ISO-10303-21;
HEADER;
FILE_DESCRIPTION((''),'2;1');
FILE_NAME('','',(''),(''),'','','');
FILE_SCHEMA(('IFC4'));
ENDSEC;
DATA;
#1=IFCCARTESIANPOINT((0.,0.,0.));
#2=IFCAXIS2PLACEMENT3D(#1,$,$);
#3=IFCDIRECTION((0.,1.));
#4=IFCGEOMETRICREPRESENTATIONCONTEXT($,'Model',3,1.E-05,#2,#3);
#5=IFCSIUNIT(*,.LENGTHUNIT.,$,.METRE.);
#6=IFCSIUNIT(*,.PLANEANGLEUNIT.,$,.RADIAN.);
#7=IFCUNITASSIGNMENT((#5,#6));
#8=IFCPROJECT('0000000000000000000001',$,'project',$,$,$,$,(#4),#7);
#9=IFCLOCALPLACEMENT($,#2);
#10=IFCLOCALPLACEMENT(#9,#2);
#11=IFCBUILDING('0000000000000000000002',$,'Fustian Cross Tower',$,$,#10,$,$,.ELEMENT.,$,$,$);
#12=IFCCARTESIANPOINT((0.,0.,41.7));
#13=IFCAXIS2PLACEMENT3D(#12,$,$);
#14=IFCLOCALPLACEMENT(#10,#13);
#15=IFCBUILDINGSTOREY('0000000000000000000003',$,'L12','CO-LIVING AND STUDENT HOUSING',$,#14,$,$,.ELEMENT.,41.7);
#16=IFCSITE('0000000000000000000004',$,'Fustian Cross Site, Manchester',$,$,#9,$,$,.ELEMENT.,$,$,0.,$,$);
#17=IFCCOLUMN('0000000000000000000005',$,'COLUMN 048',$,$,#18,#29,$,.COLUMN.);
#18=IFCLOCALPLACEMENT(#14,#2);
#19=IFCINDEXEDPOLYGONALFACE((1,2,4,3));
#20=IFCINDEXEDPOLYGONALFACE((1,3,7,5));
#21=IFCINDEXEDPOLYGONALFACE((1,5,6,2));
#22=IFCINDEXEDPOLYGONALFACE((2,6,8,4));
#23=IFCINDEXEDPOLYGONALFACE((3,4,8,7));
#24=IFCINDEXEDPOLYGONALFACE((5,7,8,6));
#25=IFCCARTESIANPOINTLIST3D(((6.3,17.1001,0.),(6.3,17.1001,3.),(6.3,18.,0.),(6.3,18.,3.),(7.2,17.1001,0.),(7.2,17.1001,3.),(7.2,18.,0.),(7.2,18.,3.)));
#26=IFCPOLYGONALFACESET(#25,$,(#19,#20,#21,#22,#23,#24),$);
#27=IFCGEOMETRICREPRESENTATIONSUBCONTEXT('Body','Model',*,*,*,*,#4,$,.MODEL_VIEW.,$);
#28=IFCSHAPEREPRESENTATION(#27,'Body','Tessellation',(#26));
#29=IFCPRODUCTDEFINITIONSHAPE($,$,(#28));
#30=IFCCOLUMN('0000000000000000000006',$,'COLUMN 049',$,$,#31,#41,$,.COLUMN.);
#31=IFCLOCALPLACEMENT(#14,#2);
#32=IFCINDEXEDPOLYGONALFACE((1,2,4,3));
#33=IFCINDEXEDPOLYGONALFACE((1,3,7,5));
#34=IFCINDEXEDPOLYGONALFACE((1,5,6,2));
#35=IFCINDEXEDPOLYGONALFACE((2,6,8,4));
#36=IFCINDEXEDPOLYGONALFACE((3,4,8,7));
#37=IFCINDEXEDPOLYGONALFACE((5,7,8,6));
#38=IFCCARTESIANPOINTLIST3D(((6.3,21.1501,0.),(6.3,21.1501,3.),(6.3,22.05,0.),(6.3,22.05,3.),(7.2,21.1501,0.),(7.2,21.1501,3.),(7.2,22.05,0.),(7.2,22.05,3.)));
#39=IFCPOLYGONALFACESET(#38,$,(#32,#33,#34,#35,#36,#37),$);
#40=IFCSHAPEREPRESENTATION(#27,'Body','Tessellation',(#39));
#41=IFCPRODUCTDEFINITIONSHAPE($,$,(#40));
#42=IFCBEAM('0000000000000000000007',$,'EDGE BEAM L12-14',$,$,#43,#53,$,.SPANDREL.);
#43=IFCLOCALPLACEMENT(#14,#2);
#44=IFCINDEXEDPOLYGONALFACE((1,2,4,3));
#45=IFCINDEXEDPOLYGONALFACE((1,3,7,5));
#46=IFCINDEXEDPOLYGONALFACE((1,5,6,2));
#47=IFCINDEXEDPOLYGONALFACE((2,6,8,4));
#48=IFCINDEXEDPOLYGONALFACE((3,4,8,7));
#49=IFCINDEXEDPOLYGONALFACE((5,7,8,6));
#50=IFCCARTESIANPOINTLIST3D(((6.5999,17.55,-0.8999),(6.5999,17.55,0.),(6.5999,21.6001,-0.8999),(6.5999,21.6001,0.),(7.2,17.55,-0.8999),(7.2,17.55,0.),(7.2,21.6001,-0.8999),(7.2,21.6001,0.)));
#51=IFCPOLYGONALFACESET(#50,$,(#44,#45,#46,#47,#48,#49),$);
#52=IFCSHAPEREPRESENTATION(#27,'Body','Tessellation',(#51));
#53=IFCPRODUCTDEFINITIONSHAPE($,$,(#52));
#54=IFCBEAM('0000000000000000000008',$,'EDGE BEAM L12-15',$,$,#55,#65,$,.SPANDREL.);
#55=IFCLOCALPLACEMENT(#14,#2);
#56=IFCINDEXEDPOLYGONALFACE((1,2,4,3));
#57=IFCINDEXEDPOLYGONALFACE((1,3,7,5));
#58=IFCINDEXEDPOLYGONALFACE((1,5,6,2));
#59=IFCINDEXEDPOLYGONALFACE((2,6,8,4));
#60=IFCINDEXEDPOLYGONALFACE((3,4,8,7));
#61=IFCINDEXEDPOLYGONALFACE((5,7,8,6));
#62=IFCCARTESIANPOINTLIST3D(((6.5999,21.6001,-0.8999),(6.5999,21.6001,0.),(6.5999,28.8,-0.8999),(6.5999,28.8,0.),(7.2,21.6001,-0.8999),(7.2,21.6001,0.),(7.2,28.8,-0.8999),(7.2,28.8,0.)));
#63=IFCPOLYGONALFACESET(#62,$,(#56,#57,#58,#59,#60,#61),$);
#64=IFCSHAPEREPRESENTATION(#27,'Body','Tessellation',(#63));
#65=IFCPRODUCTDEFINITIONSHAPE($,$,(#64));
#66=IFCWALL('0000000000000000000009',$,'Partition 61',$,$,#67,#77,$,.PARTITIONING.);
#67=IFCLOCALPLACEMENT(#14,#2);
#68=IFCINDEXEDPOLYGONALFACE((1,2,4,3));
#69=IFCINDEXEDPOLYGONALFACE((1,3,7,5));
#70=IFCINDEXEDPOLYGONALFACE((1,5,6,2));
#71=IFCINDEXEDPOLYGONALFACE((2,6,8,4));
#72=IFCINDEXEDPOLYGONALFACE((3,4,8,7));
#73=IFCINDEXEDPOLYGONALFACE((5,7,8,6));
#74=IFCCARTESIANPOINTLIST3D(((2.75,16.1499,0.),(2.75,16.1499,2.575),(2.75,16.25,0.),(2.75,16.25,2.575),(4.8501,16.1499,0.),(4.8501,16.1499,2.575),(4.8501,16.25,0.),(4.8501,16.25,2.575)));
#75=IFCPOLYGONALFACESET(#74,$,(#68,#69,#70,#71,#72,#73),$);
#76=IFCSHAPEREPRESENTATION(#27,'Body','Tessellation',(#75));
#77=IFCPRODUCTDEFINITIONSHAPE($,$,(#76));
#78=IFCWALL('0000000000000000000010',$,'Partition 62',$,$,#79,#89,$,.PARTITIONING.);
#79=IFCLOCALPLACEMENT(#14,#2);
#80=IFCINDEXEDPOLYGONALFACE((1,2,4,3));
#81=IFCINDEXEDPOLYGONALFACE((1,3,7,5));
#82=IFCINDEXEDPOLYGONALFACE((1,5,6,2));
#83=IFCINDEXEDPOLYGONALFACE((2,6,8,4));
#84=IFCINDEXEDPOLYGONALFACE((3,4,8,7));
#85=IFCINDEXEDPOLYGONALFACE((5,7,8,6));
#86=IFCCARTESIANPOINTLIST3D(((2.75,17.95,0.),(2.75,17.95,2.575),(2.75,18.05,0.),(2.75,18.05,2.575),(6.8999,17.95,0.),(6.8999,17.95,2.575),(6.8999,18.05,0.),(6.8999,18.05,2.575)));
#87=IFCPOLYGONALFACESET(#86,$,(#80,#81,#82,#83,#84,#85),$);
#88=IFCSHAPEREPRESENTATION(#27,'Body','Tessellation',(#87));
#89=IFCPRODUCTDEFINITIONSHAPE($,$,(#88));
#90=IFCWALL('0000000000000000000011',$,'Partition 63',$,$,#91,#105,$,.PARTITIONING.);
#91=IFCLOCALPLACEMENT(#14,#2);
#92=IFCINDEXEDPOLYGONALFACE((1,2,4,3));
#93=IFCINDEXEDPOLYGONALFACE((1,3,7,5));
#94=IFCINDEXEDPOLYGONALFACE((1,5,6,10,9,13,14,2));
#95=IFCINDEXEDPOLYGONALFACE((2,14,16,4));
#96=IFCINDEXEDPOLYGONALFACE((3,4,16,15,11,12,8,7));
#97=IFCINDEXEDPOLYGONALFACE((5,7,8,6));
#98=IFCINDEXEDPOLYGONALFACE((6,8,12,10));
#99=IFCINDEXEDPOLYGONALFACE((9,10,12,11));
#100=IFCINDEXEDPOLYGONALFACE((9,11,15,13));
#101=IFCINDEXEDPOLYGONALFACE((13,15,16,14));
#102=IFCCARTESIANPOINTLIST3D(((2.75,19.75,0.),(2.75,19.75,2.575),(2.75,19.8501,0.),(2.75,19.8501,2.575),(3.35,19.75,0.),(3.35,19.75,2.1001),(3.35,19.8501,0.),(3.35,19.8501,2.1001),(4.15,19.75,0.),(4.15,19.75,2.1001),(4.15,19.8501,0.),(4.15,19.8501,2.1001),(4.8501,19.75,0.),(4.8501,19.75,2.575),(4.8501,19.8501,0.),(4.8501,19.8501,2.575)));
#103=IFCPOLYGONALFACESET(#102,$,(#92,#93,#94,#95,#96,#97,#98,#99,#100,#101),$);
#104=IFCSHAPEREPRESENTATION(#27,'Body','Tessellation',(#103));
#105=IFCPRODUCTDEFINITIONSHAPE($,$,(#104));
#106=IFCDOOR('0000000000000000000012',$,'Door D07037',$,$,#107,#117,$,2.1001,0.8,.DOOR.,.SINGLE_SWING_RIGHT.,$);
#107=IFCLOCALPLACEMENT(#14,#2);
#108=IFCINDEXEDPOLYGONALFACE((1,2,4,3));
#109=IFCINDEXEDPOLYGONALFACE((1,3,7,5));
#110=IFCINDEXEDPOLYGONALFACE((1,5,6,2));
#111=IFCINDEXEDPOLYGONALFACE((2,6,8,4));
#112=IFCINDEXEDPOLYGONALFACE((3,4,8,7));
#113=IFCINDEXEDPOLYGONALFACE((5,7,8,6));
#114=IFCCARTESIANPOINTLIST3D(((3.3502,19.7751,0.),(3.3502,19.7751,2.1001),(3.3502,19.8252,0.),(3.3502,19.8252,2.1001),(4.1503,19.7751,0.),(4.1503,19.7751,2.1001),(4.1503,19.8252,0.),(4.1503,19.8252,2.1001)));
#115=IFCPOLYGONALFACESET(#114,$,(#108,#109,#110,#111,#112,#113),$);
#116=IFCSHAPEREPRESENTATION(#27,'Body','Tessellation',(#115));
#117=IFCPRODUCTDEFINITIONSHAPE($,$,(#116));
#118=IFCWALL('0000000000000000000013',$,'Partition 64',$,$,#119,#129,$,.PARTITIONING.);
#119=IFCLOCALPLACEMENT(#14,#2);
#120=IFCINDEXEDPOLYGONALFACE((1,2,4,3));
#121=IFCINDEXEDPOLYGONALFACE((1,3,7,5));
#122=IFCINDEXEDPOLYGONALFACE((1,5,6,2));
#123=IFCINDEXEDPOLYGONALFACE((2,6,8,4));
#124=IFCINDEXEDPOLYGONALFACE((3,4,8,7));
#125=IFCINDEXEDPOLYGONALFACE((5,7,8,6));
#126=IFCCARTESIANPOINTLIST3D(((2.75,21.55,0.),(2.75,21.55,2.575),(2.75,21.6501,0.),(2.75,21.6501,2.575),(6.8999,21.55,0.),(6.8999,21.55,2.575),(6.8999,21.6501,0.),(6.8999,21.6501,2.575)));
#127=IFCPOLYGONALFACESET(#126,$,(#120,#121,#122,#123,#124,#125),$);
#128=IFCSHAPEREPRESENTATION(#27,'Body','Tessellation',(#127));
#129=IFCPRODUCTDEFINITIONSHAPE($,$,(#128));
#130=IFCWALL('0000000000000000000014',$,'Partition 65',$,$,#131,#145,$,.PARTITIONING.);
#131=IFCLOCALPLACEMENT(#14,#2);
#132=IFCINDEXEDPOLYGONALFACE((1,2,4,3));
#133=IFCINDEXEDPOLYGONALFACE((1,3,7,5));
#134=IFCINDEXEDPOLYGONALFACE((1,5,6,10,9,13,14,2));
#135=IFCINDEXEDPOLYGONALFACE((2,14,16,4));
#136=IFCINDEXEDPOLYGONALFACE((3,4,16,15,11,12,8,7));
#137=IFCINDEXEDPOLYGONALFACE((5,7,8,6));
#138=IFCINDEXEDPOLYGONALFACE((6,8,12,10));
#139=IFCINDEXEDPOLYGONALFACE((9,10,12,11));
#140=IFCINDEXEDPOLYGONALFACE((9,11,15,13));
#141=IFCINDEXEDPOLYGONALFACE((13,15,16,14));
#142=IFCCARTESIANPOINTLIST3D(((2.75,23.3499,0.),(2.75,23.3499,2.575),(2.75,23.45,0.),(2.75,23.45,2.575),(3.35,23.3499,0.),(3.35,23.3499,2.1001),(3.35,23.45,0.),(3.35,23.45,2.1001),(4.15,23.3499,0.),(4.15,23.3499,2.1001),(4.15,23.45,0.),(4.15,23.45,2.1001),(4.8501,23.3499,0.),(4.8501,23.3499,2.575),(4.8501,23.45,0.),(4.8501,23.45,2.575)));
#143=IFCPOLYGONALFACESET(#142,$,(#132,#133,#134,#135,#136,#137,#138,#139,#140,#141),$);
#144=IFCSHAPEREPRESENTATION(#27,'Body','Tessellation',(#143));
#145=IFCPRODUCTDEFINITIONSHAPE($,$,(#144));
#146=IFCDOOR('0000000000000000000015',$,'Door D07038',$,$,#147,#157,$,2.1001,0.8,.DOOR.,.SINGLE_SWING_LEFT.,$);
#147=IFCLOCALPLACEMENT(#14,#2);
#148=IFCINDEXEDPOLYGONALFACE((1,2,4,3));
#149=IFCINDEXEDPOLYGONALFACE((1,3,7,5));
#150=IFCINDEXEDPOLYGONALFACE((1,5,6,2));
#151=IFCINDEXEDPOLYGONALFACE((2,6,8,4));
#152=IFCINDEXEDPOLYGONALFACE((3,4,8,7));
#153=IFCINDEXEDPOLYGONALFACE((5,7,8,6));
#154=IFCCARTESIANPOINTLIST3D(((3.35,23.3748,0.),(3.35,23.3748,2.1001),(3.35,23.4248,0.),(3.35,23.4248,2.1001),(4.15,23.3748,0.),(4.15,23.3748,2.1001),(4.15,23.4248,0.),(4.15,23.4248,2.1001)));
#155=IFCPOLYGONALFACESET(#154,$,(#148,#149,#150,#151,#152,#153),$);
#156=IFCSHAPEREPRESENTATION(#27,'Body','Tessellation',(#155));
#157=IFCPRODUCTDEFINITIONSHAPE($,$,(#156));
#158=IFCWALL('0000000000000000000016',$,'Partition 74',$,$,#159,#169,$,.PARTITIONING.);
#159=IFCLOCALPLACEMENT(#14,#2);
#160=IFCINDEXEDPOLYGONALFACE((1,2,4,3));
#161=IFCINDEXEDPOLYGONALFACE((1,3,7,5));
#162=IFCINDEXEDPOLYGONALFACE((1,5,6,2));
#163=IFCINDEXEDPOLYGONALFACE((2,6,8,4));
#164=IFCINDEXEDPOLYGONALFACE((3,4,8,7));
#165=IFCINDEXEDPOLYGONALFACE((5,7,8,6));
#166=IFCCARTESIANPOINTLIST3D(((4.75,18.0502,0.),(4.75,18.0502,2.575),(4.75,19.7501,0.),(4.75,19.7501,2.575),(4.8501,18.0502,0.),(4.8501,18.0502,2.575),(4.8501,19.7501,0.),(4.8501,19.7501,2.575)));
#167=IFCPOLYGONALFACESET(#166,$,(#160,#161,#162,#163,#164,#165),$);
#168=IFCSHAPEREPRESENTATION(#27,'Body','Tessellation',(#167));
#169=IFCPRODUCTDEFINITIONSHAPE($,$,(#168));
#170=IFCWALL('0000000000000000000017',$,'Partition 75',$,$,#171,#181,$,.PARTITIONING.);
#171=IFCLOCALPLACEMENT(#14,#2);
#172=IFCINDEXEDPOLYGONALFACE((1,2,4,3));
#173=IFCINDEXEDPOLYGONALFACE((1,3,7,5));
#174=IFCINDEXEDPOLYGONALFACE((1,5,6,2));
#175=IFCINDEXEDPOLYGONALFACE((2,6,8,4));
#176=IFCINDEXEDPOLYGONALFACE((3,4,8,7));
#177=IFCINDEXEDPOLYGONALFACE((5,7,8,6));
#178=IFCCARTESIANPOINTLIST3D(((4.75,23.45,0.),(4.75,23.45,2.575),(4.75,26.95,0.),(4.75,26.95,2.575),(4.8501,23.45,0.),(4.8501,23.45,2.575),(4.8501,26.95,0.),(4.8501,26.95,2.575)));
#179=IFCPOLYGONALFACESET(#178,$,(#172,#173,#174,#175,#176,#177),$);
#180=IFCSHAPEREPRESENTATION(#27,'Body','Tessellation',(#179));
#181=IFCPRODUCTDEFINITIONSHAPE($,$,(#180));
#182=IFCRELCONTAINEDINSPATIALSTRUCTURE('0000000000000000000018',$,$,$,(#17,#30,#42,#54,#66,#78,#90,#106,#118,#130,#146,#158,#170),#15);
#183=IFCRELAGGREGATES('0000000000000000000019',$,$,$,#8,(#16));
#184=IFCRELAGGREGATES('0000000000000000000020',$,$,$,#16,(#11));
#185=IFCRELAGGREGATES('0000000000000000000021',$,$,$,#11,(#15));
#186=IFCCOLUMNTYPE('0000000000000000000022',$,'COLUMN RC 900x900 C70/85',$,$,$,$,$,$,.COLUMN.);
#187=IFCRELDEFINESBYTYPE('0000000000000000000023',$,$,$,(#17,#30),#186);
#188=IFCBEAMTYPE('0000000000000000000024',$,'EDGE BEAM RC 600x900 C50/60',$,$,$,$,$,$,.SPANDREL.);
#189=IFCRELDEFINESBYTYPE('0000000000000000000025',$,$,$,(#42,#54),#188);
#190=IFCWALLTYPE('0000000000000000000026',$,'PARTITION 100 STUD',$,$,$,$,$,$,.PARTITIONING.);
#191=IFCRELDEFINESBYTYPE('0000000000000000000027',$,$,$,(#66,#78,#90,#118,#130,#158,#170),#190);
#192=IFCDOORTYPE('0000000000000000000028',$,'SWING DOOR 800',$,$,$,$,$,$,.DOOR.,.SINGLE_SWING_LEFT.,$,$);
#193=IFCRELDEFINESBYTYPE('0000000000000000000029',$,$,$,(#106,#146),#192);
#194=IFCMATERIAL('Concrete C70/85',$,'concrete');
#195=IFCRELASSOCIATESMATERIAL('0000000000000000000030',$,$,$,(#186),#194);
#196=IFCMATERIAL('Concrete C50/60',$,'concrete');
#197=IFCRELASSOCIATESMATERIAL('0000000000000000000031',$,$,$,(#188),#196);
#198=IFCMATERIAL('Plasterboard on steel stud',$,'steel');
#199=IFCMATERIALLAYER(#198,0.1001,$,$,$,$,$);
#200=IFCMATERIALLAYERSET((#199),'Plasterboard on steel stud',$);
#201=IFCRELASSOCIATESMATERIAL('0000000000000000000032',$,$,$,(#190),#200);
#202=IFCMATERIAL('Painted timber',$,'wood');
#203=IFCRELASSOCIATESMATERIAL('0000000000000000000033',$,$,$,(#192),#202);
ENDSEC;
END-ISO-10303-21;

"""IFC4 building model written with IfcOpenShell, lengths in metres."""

from ifc_helpers import new_model, si_unit, direction, frame, frame_2d, origin, origin_2d, place, context, subcontext, project, spatial, rectangle, extrude, material, layer, layer_set, material_profile, profile_set, type_object, element, fill, save


model = new_model("IFC4")

# Units and contexts
model_context = context("Model", 3, precision=1e-05, world=origin(), true_north=direction((0.0, 1.0)))
body_context = subcontext(model_context, "Body", "Model", "MODEL_VIEW")
ifc_project = project(units=[si_unit("LENGTHUNIT", "METRE"), si_unit("PLANEANGLEUNIT", "RADIAN")], contexts=[model_context])

# Site, building, storey
site_placement = place(None, origin())
site = spatial("IfcSite", under=ifc_project, at=site_placement, Name="Fustian Cross Site, Manchester", CompositionType="ELEMENT", RefElevation=0.0)
building_placement = place(site_placement, origin())
building = spatial("IfcBuilding", under=site, at=building_placement, Name="Fustian Cross Tower", CompositionType="ELEMENT")
storey_placement = place(building_placement, frame((0.0, 0.0, 41.7)))
storey = spatial("IfcBuildingStorey", under=building, at=storey_placement, Name="L12", Description="CO-LIVING AND STUDENT HOUSING", CompositionType="ELEMENT", Elevation=41.7)

# Columns
ifc_material_1 = material(Name="Concrete C70/85", Category="concrete")
ifc_material_profile_1 = material_profile(ifc_material_1, rectangle(XDim=0.8999, YDim=0.8999, at=origin_2d()), Name="RC 900x900")
ifc_profile_set_1 = profile_set([ifc_material_profile_1], Name="Concrete C70/85")
column_type = type_object("IfcColumnType", Name="COLUMN RC 900x900 C70/85", PredefinedType="COLUMN", material=ifc_profile_set_1)
for number, where, z_axis, x_axis, name in (
    (1, (6.75, 17.55, 0.0), (0.0, 0.0, 1.0), (1.0, 0.0, 0.0), "COLUMN 048"),
    (2, (6.75, 21.6001, 0.0), (0.0, 0.0, 1.0), (1.0, 0.0, 0.0), "COLUMN 049"),
):
    element("IfcColumn", number, at=place(storey_placement, frame(where, z_axis=z_axis, x_axis=x_axis)), inside=storey, type_object=column_type, Name=name, PredefinedType="COLUMN", context=body_context, shape_type="SweptSolid", body=[
        extrude(rectangle(XDim=0.8999, YDim=0.8999, at=origin_2d()), origin(), (0.0, 0.0, 1.0), 3.0),
    ])

# Beams
ifc_material_2 = material(Name="Concrete C50/60", Category="concrete")
ifc_material_profile_2 = material_profile(ifc_material_2, rectangle(XDim=0.6001, YDim=0.8999, at=origin_2d()), Name="RC 600x900")
ifc_profile_set_2 = profile_set([ifc_material_profile_2], Name="Concrete C50/60")
beam_type = type_object("IfcBeamType", Name="EDGE BEAM RC 600x900 C50/60", PredefinedType="SPANDREL", material=ifc_profile_set_2)
beam_1_placement = place(storey_placement, frame((6.8999, 17.55, -0.45), z_axis=(0.0, 1.0, 0.0), x_axis=(-1.0, 0.0, 0.0)))
element("IfcBeam", 3, at=beam_1_placement, inside=storey, type_object=beam_type, Name="EDGE BEAM L12-14", PredefinedType="SPANDREL", context=body_context, shape_type="SweptSolid", body=[
    extrude(rectangle(XDim=0.6001, YDim=0.8999, at=origin_2d()), origin(), (0.0, 0.0, 1.0), 4.05),
])
beam_2_placement = place(storey_placement, frame((6.8999, 21.6001, -0.45), z_axis=(0.0, 1.0, 0.0), x_axis=(-1.0, 0.0, 0.0)))
element("IfcBeam", 4, at=beam_2_placement, inside=storey, type_object=beam_type, Name="EDGE BEAM L12-15", PredefinedType="SPANDREL", context=body_context, shape_type="SweptSolid", body=[
    extrude(rectangle(XDim=0.6001, YDim=0.8999, at=origin_2d()), origin(), (0.0, 0.0, 1.0), 7.2),
])

# Walls
ifc_material_3 = material(Name="Plasterboard on steel stud", Category="steel")
ifc_layer_1 = layer(ifc_material_3, 0.1001)
ifc_layer_set_1 = layer_set([ifc_layer_1], Name="Plasterboard on steel stud")
wall_type_1 = type_object("IfcWallType", Name="PARTITION 100 STUD", PredefinedType="PARTITIONING", material=ifc_layer_set_1)
wall_1_placement = place(storey_placement, frame((2.75, 16.2, 0.0), z_axis=(0.0, 0.0, 1.0), x_axis=(1.0, 0.0, 0.0)))
element("IfcWall", 5, at=wall_1_placement, inside=storey, type_object=wall_type_1, Name="Partition 61", PredefinedType="PARTITIONING", context=body_context, shape_type="SweptSolid", body=[
    extrude(rectangle(XDim=2.1001, YDim=0.1001, at=frame_2d((1.05, 0.0))), origin(), (0.0, 0.0, 1.0), 2.575),
])
wall_2_placement = place(storey_placement, frame((2.75, 18.0, 0.0), z_axis=(0.0, 0.0, 1.0), x_axis=(1.0, 0.0, 0.0)))
element("IfcWall", 6, at=wall_2_placement, inside=storey, type_object=wall_type_1, Name="Partition 62", PredefinedType="PARTITIONING", context=body_context, shape_type="SweptSolid", body=[
    extrude(rectangle(XDim=4.1499, YDim=0.1001, at=frame_2d((2.075, 0.0))), origin(), (0.0, 0.0, 1.0), 2.575),
])

# Wall, opening, door
wall_3_placement = place(storey_placement, frame((2.75, 19.8, 0.0), z_axis=(0.0, 0.0, 1.0), x_axis=(1.0, 0.0, 0.0)))
wall_3 = element("IfcWall", 7, at=wall_3_placement, inside=storey, type_object=wall_type_1, Name="Partition 63", PredefinedType="PARTITIONING", context=body_context, shape_type="SweptSolid", body=[
    extrude(rectangle(XDim=2.1001, YDim=0.1001, at=frame_2d((1.05, 0.0))), origin(), (0.0, 0.0, 1.0), 2.575),
])
opening_1_placement = place(wall_3_placement, frame((0.6001, 0.0, 0.0)))
opening_1 = element("IfcOpeningElement", 8, at=opening_1_placement, cuts=wall_3, PredefinedType="OPENING", context=body_context, shape_type="SweptSolid", body=[
    extrude(rectangle(XDim=0.8, YDim=2.1001, at=frame_2d((0.3999, 1.05))), frame((0.0, 0.0601, 0.0), z_axis=(0.0, -1.0, 0.0), x_axis=(1.0, 0.0, 0.0)), (0.0, 0.0, 1.0), 0.1201),
])
ifc_material_4 = material(Name="Painted timber", Category="wood")
door_type = type_object("IfcDoorType", Name="SWING DOOR 800", OperationType="SINGLE_SWING_LEFT", PredefinedType="DOOR", material=ifc_material_4)
door_1_placement = place(opening_1_placement, frame((0.8, 0.0, 0.0), z_axis=(0.0, 0.0, 1.0), x_axis=(-1.0, 0.0, 0.0)))
door_1 = element("IfcDoor", 9, at=door_1_placement, inside=storey, type_object=door_type, Name="Door D07037", OperationType="SINGLE_SWING_RIGHT", OverallHeight=2.1001, OverallWidth=0.8, PredefinedType="DOOR", context=body_context, shape_type="SweptSolid", body=[
    extrude(rectangle(XDim=0.8, YDim=2.1001, at=frame_2d((0.3999, 1.05))), frame((0.0, 0.0249, 0.0), z_axis=(0.0, -1.0, 0.0), x_axis=(1.0, 0.0, 0.0)), (0.0, 0.0, 1.0), 0.05),
])
fill(opening_1, door_1)

# Wall
wall_4_placement = place(storey_placement, frame((2.75, 21.6001, 0.0), z_axis=(0.0, 0.0, 1.0), x_axis=(1.0, 0.0, 0.0)))
element("IfcWall", 10, at=wall_4_placement, inside=storey, type_object=wall_type_1, Name="Partition 64", PredefinedType="PARTITIONING", context=body_context, shape_type="SweptSolid", body=[
    extrude(rectangle(XDim=4.1499, YDim=0.1001, at=frame_2d((2.075, 0.0))), origin(), (0.0, 0.0, 1.0), 2.575),
])

# Wall, opening, door
wall_5_placement = place(storey_placement, frame((2.75, 23.3999, 0.0), z_axis=(0.0, 0.0, 1.0), x_axis=(1.0, 0.0, 0.0)))
wall_5 = element("IfcWall", 11, at=wall_5_placement, inside=storey, type_object=wall_type_1, Name="Partition 65", PredefinedType="PARTITIONING", context=body_context, shape_type="SweptSolid", body=[
    extrude(rectangle(XDim=2.1001, YDim=0.1001, at=frame_2d((1.05, 0.0))), origin(), (0.0, 0.0, 1.0), 2.575),
])
opening_2_placement = place(wall_5_placement, frame((0.6001, 0.0, 0.0)))
opening_2 = element("IfcOpeningElement", 12, at=opening_2_placement, cuts=wall_5, PredefinedType="OPENING", context=body_context, shape_type="SweptSolid", body=[
    extrude(rectangle(XDim=0.8, YDim=2.1001, at=frame_2d((0.3999, 1.05))), frame((0.0, 0.0601, 0.0), z_axis=(0.0, -1.0, 0.0), x_axis=(1.0, 0.0, 0.0)), (0.0, 0.0, 1.0), 0.1201),
])
door_2_placement = place(opening_2_placement, origin())
door_2 = element("IfcDoor", 13, at=door_2_placement, inside=storey, type_object=door_type, Name="Door D07038", OperationType="SINGLE_SWING_LEFT", OverallHeight=2.1001, OverallWidth=0.8, PredefinedType="DOOR", context=body_context, shape_type="SweptSolid", body=[
    extrude(rectangle(XDim=0.8, YDim=2.1001, at=frame_2d((0.3999, 1.05))), frame((0.0, 0.0249, 0.0), z_axis=(0.0, -1.0, 0.0), x_axis=(1.0, 0.0, 0.0)), (0.0, 0.0, 1.0), 0.05),
])
fill(opening_2, door_2)

# Walls
wall_6_placement = place(storey_placement, frame((4.8, 18.05, 0.0), z_axis=(0.0, 0.0, 1.0), x_axis=(0.0, 1.0, 0.0)))
element("IfcWall", 14, at=wall_6_placement, inside=storey, type_object=wall_type_1, Name="Partition 74", PredefinedType="PARTITIONING", context=body_context, shape_type="SweptSolid", body=[
    extrude(rectangle(XDim=1.7, YDim=0.1001, at=frame_2d((0.8501, 0.0))), origin(), (0.0, 0.0, 1.0), 2.575),
])
wall_7_placement = place(storey_placement, frame((4.8, 23.45, 0.0), z_axis=(0.0, 0.0, 1.0), x_axis=(0.0, 1.0, 0.0)))
element("IfcWall", 15, at=wall_7_placement, inside=storey, type_object=wall_type_1, Name="Partition 75", PredefinedType="PARTITIONING", context=body_context, shape_type="SweptSolid", body=[
    extrude(rectangle(XDim=3.5, YDim=0.1001, at=frame_2d((1.75, 0.0))), origin(), (0.0, 0.0, 1.0), 2.575),
])

save(model, "model.ifc")
